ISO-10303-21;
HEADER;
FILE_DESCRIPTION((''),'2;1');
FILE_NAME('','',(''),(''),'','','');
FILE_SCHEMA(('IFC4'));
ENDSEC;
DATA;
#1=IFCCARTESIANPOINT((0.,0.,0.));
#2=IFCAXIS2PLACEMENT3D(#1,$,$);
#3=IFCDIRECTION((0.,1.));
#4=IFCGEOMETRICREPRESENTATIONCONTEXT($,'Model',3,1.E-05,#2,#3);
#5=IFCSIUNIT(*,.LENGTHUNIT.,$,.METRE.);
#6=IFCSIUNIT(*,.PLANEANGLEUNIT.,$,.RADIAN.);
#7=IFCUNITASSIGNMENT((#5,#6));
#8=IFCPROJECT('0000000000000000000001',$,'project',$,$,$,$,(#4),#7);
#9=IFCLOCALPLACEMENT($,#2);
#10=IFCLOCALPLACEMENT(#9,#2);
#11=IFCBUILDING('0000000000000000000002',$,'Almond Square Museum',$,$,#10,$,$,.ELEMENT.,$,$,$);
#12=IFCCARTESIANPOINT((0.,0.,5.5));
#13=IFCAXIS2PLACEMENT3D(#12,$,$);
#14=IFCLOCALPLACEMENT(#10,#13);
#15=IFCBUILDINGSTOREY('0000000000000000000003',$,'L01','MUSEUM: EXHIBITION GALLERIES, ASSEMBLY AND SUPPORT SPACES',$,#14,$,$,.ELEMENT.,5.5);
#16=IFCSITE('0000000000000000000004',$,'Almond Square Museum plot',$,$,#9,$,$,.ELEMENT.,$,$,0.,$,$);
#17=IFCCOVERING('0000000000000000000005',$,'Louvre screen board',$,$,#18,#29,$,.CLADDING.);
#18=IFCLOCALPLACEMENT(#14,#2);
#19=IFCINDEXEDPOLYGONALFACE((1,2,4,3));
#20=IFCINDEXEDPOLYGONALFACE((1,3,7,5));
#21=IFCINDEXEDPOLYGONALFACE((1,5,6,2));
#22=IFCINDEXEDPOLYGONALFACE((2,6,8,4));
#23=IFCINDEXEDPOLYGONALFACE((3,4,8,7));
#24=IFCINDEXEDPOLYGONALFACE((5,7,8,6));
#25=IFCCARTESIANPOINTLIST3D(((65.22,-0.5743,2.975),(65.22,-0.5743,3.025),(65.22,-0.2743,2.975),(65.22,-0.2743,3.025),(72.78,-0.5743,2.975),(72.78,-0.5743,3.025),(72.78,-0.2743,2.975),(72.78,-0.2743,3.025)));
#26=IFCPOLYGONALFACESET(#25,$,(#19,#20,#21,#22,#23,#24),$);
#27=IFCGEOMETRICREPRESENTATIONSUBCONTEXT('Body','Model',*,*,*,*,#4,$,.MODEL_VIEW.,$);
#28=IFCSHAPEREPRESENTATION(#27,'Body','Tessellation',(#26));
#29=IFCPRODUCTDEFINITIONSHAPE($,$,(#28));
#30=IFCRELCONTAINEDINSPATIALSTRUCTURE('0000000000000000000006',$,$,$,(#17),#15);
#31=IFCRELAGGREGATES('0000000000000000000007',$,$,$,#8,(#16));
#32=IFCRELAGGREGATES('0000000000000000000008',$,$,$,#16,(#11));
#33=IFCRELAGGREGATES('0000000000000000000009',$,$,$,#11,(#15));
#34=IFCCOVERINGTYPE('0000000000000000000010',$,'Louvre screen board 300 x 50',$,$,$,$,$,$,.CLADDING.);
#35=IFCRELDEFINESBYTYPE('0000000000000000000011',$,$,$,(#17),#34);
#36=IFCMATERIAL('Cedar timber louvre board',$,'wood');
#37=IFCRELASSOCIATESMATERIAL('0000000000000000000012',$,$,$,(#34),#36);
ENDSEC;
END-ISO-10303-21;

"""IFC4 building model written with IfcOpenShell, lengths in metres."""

from ifc_helpers import new_model, si_unit, direction, frame, origin, origin_2d, place, context, subcontext, project, spatial, rectangle, extrude, material, material_profile, profile_set, type_object, element, save


model = new_model("IFC4")

# Units and contexts
model_context = context("Model", 3, precision=1e-05, world=origin(), true_north=direction((0.0, 1.0)))
body_context = subcontext(model_context, "Body", "Model", "MODEL_VIEW")
ifc_project = project(units=[si_unit("LENGTHUNIT", "METRE"), si_unit("PLANEANGLEUNIT", "RADIAN")], contexts=[model_context])

# Site, building, storey
site_placement = place(None, origin())
site = spatial("IfcSite", under=ifc_project, at=site_placement, Name="Almond Square Museum plot", CompositionType="ELEMENT", RefElevation=0.0)
building_placement = place(site_placement, origin())
building = spatial("IfcBuilding", under=site, at=building_placement, Name="Almond Square Museum", CompositionType="ELEMENT")
storey_placement = place(building_placement, frame((0.0, 0.0, 5.5)))
storey = spatial("IfcBuildingStorey", under=building, at=storey_placement, Name="L01", Description="MUSEUM: EXHIBITION GALLERIES, ASSEMBLY AND SUPPORT SPACES", CompositionType="ELEMENT", Elevation=5.5)

# Covering
ifc_material_1 = material(Name="Cedar timber louvre board", Category="wood")
ifc_material_profile_1 = material_profile(ifc_material_1, rectangle(XDim=0.3, YDim=0.05, at=origin_2d()))
ifc_profile_set_1 = profile_set([ifc_material_profile_1], Name="Cedar timber louvre board")
covering_type = type_object("IfcCoveringType", Name="Louvre screen board 300 x 50", PredefinedType="CLADDING", material=ifc_profile_set_1)
for number, where, z_axis, x_axis, name in (
    (1, (65.22, -0.4243, 3.0), (1.0, 0.0, 0.0), (0.0, 1.0, 0.0), "Louvre screen board"),
):
    element("IfcCovering", number, at=place(storey_placement, frame(where, z_axis=z_axis, x_axis=x_axis)), inside=storey, type_object=covering_type, Name=name, PredefinedType="CLADDING", context=body_context, shape_type="SweptSolid", body=[
        extrude(rectangle(XDim=0.3, YDim=0.05, at=origin_2d()), origin(), (0.0, 0.0, 1.0), 7.5601),
    ])

save(model, "model.ifc")
